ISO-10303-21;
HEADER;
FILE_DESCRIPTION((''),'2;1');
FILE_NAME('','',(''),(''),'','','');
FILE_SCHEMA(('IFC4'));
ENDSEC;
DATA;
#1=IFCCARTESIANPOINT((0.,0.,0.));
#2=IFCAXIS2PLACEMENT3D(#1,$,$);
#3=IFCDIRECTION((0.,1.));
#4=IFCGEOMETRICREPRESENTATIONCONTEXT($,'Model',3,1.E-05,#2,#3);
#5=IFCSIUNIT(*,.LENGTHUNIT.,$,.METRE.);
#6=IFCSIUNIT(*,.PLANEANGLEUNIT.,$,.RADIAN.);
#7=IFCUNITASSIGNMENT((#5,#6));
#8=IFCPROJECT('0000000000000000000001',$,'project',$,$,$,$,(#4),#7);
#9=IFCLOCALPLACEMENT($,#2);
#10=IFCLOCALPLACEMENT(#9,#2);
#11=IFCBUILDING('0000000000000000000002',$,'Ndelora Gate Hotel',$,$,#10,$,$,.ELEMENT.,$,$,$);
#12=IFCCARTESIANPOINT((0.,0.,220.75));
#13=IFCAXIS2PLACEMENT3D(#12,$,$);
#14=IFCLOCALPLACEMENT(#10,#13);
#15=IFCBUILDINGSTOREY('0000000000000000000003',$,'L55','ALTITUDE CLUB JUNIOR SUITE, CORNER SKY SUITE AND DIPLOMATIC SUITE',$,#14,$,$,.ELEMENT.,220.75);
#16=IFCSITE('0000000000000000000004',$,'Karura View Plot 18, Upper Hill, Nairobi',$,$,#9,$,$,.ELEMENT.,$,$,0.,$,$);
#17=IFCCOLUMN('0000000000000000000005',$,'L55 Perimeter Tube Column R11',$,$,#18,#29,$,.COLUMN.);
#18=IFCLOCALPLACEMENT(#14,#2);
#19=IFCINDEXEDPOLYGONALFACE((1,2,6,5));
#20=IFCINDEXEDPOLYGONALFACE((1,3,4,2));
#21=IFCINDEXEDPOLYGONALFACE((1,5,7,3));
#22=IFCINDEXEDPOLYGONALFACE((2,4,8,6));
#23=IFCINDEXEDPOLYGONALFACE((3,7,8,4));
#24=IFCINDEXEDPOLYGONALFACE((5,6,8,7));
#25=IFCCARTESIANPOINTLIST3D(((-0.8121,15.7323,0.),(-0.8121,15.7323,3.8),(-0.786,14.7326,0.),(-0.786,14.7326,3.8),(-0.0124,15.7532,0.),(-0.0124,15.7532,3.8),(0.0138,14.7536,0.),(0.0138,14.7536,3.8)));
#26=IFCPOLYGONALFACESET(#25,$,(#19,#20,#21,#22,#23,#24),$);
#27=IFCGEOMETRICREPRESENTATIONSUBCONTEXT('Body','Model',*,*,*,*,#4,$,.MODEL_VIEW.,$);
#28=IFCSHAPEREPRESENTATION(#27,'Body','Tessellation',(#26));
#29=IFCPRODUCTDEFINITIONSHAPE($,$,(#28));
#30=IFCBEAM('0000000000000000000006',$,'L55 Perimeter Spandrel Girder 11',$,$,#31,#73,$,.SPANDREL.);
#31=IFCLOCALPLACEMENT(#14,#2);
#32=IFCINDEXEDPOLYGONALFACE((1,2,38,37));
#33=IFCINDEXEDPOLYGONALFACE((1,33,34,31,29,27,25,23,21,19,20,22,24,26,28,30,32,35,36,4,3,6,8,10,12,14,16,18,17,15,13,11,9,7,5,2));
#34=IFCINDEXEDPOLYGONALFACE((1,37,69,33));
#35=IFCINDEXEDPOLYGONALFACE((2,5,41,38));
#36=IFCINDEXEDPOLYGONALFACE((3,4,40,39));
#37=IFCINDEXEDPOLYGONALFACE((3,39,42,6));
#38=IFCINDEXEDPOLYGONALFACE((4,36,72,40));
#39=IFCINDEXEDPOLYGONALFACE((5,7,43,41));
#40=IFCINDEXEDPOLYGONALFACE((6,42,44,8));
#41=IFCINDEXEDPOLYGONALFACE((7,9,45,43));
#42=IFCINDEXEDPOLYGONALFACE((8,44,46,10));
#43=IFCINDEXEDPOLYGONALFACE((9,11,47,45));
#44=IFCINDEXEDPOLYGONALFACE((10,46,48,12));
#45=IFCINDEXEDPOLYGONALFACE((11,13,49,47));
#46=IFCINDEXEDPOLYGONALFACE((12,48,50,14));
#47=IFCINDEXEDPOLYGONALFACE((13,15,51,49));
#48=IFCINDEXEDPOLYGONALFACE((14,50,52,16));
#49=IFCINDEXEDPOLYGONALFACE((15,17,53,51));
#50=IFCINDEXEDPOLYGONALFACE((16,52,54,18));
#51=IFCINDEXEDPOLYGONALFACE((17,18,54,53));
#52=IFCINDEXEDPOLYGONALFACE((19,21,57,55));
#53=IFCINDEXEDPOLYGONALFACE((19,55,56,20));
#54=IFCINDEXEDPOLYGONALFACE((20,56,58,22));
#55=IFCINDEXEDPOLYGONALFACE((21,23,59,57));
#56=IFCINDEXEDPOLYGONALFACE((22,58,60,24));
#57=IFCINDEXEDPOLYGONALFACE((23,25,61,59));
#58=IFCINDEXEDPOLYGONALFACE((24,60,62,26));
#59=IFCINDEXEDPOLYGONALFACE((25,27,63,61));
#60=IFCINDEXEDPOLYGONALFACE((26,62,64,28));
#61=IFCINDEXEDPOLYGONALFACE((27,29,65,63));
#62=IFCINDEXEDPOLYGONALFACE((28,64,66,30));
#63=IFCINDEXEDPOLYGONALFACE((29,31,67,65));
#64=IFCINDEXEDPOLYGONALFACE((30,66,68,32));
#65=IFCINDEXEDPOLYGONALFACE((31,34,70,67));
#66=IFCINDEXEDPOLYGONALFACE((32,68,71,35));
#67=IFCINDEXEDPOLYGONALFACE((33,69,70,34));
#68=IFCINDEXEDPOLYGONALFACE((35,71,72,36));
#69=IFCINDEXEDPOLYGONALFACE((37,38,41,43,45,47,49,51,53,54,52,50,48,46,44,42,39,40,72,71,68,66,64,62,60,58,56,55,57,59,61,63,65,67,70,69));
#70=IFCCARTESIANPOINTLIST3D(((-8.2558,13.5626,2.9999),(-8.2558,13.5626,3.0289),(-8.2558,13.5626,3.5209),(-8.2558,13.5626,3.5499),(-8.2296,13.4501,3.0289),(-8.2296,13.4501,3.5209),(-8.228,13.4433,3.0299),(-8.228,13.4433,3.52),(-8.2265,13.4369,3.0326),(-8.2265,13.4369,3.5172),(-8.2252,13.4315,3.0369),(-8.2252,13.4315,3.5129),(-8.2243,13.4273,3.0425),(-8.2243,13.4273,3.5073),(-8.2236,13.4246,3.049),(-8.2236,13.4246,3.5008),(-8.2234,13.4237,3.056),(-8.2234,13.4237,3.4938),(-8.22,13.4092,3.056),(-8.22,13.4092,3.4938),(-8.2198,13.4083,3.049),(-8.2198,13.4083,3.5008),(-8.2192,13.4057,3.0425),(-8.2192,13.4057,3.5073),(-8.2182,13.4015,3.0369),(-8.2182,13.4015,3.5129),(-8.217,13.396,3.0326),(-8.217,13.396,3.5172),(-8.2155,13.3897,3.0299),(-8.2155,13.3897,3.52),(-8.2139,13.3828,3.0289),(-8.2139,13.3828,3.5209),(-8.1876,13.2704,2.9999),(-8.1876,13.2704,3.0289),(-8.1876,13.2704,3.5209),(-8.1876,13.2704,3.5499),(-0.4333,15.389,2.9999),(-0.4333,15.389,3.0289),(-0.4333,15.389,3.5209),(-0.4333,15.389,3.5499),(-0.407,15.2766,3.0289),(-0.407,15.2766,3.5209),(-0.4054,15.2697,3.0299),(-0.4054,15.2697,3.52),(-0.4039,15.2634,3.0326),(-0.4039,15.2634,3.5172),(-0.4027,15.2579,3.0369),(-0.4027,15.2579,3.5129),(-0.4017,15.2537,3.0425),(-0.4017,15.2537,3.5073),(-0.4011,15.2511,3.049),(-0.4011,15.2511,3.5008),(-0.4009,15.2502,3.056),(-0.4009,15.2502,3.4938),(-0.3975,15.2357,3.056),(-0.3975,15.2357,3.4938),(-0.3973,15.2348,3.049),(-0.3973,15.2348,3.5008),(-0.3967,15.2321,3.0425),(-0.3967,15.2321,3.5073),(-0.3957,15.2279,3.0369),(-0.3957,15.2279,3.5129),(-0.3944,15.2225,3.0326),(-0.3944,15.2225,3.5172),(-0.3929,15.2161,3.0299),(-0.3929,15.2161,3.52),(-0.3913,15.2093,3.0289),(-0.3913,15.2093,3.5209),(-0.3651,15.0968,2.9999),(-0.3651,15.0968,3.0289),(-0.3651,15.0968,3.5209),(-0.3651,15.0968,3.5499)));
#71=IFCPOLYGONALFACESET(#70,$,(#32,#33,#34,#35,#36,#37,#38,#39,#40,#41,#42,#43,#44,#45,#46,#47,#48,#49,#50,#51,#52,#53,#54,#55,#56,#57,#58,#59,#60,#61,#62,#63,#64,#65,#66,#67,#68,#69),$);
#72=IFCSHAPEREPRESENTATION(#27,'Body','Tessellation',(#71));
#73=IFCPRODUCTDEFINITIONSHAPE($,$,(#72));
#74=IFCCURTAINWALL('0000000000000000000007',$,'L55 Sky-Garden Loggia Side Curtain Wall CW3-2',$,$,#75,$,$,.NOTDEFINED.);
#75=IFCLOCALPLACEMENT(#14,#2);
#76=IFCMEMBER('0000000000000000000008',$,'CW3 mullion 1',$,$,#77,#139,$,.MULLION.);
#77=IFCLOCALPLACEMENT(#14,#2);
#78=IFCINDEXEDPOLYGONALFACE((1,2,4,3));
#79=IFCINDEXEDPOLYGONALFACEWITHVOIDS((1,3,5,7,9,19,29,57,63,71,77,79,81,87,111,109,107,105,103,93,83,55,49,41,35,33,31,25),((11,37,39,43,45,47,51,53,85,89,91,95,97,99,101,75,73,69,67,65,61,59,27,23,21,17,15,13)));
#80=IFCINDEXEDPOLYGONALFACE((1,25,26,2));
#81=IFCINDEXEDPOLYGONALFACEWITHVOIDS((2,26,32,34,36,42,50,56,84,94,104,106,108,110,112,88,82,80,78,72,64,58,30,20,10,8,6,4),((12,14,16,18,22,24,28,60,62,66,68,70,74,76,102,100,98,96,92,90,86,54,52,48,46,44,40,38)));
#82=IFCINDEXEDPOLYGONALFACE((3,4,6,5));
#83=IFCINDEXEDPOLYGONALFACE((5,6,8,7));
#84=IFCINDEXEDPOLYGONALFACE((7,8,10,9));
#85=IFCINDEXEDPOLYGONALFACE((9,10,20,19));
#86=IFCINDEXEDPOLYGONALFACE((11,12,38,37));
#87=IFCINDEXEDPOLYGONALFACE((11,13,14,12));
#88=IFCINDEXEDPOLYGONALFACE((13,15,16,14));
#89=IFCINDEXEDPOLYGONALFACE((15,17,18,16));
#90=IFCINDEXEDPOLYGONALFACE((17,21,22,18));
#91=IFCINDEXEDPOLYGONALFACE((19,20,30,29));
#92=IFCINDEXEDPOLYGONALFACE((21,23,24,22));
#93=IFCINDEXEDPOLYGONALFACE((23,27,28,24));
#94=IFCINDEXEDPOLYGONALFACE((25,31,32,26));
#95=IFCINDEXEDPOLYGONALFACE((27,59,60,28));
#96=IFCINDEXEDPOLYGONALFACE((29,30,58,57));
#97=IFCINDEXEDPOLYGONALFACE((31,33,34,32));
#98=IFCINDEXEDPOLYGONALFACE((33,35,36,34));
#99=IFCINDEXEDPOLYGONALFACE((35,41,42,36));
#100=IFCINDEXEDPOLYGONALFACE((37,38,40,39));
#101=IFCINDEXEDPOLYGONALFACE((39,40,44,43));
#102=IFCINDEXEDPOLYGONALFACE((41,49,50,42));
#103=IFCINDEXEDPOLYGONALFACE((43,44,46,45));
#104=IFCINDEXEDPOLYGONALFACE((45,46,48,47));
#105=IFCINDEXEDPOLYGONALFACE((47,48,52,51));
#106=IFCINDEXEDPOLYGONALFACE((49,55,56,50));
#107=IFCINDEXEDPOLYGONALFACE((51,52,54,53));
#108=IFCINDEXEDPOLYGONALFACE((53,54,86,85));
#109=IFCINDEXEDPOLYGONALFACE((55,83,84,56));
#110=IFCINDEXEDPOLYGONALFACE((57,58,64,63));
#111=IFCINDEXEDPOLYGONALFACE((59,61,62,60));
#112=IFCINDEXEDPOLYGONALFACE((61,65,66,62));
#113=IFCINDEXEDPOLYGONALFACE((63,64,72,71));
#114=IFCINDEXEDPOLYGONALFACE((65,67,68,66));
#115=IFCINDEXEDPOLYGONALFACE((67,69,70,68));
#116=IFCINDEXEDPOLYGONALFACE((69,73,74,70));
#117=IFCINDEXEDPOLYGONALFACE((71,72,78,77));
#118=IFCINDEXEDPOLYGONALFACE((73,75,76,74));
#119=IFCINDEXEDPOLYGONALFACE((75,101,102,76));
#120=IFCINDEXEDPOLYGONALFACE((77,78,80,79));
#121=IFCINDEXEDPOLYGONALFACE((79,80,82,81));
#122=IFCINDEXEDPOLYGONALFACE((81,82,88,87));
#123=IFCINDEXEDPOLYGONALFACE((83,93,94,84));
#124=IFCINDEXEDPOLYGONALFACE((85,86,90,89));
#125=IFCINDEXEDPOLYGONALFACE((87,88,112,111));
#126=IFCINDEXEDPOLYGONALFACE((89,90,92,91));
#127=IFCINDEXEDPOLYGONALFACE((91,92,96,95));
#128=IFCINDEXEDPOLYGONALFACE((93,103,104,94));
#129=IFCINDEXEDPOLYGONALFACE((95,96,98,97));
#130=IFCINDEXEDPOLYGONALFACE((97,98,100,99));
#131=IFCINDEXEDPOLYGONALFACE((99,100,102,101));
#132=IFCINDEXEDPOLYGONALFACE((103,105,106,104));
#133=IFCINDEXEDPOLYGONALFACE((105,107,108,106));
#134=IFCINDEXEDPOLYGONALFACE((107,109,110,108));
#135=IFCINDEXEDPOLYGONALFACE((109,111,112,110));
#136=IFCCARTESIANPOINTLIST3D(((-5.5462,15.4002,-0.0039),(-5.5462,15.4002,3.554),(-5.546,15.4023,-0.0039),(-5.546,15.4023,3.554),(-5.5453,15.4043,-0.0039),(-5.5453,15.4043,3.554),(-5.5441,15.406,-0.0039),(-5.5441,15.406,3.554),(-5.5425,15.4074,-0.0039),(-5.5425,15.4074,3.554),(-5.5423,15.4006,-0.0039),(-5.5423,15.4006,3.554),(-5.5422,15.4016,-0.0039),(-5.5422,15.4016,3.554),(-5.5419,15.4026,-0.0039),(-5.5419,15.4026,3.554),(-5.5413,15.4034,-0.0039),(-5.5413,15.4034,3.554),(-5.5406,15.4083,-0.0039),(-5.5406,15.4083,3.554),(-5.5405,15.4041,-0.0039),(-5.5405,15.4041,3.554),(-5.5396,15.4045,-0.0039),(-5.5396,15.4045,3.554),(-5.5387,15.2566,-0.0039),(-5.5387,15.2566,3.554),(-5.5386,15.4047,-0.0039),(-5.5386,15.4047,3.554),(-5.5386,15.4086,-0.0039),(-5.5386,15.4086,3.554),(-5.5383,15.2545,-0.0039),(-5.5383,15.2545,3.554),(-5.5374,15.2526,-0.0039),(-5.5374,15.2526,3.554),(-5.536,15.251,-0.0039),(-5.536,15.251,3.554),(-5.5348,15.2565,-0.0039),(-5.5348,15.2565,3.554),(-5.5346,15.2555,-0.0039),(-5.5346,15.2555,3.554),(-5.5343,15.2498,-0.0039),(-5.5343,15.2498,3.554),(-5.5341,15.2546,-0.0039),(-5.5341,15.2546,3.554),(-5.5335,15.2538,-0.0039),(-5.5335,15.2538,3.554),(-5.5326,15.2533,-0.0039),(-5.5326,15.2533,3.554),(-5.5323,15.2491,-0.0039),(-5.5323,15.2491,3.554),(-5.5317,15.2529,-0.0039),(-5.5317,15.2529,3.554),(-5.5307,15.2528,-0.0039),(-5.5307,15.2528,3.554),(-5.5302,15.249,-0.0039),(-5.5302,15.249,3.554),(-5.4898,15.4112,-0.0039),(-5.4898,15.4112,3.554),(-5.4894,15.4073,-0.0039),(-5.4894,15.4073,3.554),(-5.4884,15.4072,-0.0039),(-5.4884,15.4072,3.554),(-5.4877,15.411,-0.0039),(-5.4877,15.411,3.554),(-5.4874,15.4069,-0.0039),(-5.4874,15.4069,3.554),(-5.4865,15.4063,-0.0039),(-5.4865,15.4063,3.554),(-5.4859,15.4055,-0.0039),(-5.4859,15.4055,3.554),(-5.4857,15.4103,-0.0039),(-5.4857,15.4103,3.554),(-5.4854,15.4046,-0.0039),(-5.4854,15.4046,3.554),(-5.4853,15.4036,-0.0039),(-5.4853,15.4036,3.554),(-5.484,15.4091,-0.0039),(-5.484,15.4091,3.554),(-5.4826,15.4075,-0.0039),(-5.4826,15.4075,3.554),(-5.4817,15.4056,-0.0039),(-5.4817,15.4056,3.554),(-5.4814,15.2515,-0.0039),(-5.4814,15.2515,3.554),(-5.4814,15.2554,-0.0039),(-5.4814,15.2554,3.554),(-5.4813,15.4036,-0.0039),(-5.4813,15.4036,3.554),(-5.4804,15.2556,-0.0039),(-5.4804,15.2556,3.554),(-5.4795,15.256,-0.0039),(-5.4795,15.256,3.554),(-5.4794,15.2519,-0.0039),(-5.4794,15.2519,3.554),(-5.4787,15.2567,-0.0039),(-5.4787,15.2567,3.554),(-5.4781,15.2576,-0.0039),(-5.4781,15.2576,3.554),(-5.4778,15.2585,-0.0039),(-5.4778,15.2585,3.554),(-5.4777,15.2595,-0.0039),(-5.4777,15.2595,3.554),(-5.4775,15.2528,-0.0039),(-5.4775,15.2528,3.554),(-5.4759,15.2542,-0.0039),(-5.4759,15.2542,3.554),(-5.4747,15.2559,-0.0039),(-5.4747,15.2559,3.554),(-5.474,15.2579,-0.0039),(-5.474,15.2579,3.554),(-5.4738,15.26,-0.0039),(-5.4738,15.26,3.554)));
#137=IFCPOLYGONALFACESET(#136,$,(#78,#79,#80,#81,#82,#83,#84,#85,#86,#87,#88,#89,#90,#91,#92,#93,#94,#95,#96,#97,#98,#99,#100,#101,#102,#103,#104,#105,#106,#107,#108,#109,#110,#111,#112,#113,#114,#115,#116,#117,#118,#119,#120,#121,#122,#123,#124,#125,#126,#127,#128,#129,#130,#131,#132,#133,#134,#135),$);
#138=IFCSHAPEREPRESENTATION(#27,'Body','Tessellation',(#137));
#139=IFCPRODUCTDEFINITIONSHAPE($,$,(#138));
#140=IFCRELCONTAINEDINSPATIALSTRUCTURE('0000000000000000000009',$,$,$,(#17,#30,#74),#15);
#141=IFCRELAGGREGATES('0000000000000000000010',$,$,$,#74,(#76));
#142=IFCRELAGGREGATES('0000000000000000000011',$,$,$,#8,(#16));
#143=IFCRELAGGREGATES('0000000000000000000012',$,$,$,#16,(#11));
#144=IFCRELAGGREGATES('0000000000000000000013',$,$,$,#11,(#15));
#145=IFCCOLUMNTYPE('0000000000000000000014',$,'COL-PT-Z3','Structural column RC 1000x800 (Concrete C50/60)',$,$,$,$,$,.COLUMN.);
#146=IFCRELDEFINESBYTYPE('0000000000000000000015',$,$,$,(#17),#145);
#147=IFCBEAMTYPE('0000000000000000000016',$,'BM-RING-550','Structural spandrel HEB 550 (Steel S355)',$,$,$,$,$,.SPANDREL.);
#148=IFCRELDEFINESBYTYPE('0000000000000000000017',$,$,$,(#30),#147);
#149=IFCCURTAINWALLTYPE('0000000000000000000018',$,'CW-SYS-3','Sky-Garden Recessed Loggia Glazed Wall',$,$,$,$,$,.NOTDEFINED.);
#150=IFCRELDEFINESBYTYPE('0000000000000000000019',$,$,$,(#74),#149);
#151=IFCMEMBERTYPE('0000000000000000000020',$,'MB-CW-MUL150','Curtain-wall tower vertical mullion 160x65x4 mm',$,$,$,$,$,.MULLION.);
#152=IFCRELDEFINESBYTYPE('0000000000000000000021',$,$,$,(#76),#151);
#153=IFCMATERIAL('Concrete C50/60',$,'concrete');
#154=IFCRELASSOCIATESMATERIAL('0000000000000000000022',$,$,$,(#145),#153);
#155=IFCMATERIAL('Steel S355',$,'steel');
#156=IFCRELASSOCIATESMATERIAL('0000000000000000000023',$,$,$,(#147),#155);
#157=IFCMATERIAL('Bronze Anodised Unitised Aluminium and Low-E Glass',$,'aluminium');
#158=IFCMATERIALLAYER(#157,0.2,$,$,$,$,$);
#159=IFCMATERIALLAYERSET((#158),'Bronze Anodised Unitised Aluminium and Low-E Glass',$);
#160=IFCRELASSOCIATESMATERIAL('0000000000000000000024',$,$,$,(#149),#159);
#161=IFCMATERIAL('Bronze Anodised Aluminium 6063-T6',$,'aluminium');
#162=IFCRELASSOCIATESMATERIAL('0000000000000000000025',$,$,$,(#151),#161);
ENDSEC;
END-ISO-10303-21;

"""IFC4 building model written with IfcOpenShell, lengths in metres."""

from ifc_helpers import new_model, si_unit, direction, frame, origin, origin_2d, place, context, subcontext, project, spatial, rectangle, hollow_rectangle, i_section, extrude, material, layer, layer_set, material_profile, profile_set, type_object, element, aggregate, save


model = new_model("IFC4")

# Units and contexts
model_context = context("Model", 3, precision=1e-05, world=origin(), true_north=direction((0.0, 1.0)))
body_context = subcontext(model_context, "Body", "Model", "MODEL_VIEW")
ifc_project = project(units=[si_unit("LENGTHUNIT", "METRE"), si_unit("PLANEANGLEUNIT", "RADIAN")], contexts=[model_context])

# Site, building, storey
site_placement = place(None, origin())
site = spatial("IfcSite", under=ifc_project, at=site_placement, Name="Karura View Plot 18, Upper Hill, Nairobi", CompositionType="ELEMENT", RefElevation=0.0)
building_placement = place(site_placement, origin())
building = spatial("IfcBuilding", under=site, at=building_placement, Name="Ndelora Gate Hotel", CompositionType="ELEMENT")
storey_placement = place(building_placement, frame((0.0, 0.0, 220.75)))
storey = spatial("IfcBuildingStorey", under=building, at=storey_placement, Name="L55", Description="ALTITUDE CLUB JUNIOR SUITE, CORNER SKY SUITE AND DIPLOMATIC SUITE", CompositionType="ELEMENT", Elevation=220.75)

# Column
ifc_material_1 = material(Name="Concrete C50/60", Category="concrete")
ifc_material_profile_1 = material_profile(ifc_material_1, rectangle(XDim=0.8, YDim=1.0, at=origin_2d()), Name="RC 1000x800")
ifc_profile_set_1 = profile_set([ifc_material_profile_1], Name="Concrete C50/60")
column_type = type_object("IfcColumnType", Name="COL-PT-Z3", Description="Structural column RC 1000x800 (Concrete C50/60)", PredefinedType="COLUMN", material=ifc_profile_set_1)
column_placement = place(storey_placement, frame((-0.3992, 15.2429, 0.0), z_axis=(0.0, 0.0, 1.0), x_axis=(0.999657, 0.026177, 0.0)))
element("IfcColumn", 1, at=column_placement, inside=storey, type_object=column_type, Name="L55 Perimeter Tube Column R11", PredefinedType="COLUMN", context=body_context, shape_type="SweptSolid", body=[
    extrude(rectangle(XDim=0.8, YDim=1.0, at=origin_2d()), origin(), (0.0, 0.0, 1.0), 3.8),
])

# Beam
ifc_material_2 = material(Name="Steel S355", Category="steel")
ifc_material_profile_2 = material_profile(ifc_material_2, i_section(OverallWidth=0.3, OverallDepth=0.55, WebThickness=0.0149, FlangeThickness=0.0291, FilletRadius=0.0271, at=origin_2d()), Name="HEB 550")
ifc_profile_set_2 = profile_set([ifc_material_profile_2], Name="Steel S355")
beam_type = type_object("IfcBeamType", Name="BM-RING-550", Description="Structural spandrel HEB 550 (Steel S355)", PredefinedType="SPANDREL", material=ifc_profile_set_2)
beam_placement = place(storey_placement, frame((-0.3992, 15.2429, 3.2749), z_axis=(-0.973809, -0.227367, 0.0), x_axis=(0.227367, -0.973809, 0.0)))
element("IfcBeam", 2, at=beam_placement, inside=storey, type_object=beam_type, Name="L55 Perimeter Spandrel Girder 11", PredefinedType="SPANDREL", context=body_context, shape_type="SweptSolid", body=[
    extrude(i_section(OverallWidth=0.3, OverallDepth=0.55, WebThickness=0.0149, FlangeThickness=0.0291, FilletRadius=0.0271, at=origin_2d()), origin(), (0.0, 0.0, 1.0), 8.033),
])

# Curtain wall, member
ifc_material_3 = material(Name="Bronze Anodised Unitised Aluminium and Low-E Glass", Category="aluminium")
ifc_layer_1 = layer(ifc_material_3, 0.2)
ifc_layer_set_1 = layer_set([ifc_layer_1], Name="Bronze Anodised Unitised Aluminium and Low-E Glass")
curtain_wall_type = type_object("IfcCurtainWallType", Name="CW-SYS-3", Description="Sky-Garden Recessed Loggia Glazed Wall", PredefinedType="NOTDEFINED", material=ifc_layer_set_1)
curtain_wall_placement = place(storey_placement, origin())
curtain_wall = element("IfcCurtainWall", 3, at=curtain_wall_placement, inside=storey, type_object=curtain_wall_type, Name="L55 Sky-Garden Loggia Side Curtain Wall CW3-2", PredefinedType="NOTDEFINED")
ifc_material_4 = material(Name="Bronze Anodised Aluminium 6063-T6", Category="aluminium")
ifc_material_profile_3 = material_profile(ifc_material_4, hollow_rectangle(XDim=0.0649, YDim=0.1599, WallThickness=0.0039, InnerFilletRadius=0.0039, OuterFilletRadius=0.0081, at=origin_2d()), Name="ALU 160x65x4")
ifc_profile_set_3 = profile_set([ifc_material_profile_3], Name="Bronze Anodised Aluminium 6063-T6")
member_type_1 = type_object("IfcMemberType", Name="MB-CW-MUL150", Description="Curtain-wall tower vertical mullion 160x65x4 mm", PredefinedType="MULLION", material=ifc_profile_set_3)
member_1_placement = place(storey_placement, frame((-5.51, 15.3301, -0.0039), z_axis=(0.0, 0.0, 1.0), x_axis=(0.998628, 0.052363, 0.0)))
member_1 = element("IfcMember", 4, at=member_1_placement, type_object=member_type_1, Name="CW3 mullion 1", PredefinedType="MULLION", context=body_context, shape_type="SweptSolid", body=[
    extrude(hollow_rectangle(XDim=0.0649, YDim=0.1599, WallThickness=0.0039, InnerFilletRadius=0.0039, OuterFilletRadius=0.0081, at=origin_2d()), origin(), (0.0, 0.0, 1.0), 3.5579),
])
aggregate(curtain_wall, [member_1])

save(model, "model.ifc")
